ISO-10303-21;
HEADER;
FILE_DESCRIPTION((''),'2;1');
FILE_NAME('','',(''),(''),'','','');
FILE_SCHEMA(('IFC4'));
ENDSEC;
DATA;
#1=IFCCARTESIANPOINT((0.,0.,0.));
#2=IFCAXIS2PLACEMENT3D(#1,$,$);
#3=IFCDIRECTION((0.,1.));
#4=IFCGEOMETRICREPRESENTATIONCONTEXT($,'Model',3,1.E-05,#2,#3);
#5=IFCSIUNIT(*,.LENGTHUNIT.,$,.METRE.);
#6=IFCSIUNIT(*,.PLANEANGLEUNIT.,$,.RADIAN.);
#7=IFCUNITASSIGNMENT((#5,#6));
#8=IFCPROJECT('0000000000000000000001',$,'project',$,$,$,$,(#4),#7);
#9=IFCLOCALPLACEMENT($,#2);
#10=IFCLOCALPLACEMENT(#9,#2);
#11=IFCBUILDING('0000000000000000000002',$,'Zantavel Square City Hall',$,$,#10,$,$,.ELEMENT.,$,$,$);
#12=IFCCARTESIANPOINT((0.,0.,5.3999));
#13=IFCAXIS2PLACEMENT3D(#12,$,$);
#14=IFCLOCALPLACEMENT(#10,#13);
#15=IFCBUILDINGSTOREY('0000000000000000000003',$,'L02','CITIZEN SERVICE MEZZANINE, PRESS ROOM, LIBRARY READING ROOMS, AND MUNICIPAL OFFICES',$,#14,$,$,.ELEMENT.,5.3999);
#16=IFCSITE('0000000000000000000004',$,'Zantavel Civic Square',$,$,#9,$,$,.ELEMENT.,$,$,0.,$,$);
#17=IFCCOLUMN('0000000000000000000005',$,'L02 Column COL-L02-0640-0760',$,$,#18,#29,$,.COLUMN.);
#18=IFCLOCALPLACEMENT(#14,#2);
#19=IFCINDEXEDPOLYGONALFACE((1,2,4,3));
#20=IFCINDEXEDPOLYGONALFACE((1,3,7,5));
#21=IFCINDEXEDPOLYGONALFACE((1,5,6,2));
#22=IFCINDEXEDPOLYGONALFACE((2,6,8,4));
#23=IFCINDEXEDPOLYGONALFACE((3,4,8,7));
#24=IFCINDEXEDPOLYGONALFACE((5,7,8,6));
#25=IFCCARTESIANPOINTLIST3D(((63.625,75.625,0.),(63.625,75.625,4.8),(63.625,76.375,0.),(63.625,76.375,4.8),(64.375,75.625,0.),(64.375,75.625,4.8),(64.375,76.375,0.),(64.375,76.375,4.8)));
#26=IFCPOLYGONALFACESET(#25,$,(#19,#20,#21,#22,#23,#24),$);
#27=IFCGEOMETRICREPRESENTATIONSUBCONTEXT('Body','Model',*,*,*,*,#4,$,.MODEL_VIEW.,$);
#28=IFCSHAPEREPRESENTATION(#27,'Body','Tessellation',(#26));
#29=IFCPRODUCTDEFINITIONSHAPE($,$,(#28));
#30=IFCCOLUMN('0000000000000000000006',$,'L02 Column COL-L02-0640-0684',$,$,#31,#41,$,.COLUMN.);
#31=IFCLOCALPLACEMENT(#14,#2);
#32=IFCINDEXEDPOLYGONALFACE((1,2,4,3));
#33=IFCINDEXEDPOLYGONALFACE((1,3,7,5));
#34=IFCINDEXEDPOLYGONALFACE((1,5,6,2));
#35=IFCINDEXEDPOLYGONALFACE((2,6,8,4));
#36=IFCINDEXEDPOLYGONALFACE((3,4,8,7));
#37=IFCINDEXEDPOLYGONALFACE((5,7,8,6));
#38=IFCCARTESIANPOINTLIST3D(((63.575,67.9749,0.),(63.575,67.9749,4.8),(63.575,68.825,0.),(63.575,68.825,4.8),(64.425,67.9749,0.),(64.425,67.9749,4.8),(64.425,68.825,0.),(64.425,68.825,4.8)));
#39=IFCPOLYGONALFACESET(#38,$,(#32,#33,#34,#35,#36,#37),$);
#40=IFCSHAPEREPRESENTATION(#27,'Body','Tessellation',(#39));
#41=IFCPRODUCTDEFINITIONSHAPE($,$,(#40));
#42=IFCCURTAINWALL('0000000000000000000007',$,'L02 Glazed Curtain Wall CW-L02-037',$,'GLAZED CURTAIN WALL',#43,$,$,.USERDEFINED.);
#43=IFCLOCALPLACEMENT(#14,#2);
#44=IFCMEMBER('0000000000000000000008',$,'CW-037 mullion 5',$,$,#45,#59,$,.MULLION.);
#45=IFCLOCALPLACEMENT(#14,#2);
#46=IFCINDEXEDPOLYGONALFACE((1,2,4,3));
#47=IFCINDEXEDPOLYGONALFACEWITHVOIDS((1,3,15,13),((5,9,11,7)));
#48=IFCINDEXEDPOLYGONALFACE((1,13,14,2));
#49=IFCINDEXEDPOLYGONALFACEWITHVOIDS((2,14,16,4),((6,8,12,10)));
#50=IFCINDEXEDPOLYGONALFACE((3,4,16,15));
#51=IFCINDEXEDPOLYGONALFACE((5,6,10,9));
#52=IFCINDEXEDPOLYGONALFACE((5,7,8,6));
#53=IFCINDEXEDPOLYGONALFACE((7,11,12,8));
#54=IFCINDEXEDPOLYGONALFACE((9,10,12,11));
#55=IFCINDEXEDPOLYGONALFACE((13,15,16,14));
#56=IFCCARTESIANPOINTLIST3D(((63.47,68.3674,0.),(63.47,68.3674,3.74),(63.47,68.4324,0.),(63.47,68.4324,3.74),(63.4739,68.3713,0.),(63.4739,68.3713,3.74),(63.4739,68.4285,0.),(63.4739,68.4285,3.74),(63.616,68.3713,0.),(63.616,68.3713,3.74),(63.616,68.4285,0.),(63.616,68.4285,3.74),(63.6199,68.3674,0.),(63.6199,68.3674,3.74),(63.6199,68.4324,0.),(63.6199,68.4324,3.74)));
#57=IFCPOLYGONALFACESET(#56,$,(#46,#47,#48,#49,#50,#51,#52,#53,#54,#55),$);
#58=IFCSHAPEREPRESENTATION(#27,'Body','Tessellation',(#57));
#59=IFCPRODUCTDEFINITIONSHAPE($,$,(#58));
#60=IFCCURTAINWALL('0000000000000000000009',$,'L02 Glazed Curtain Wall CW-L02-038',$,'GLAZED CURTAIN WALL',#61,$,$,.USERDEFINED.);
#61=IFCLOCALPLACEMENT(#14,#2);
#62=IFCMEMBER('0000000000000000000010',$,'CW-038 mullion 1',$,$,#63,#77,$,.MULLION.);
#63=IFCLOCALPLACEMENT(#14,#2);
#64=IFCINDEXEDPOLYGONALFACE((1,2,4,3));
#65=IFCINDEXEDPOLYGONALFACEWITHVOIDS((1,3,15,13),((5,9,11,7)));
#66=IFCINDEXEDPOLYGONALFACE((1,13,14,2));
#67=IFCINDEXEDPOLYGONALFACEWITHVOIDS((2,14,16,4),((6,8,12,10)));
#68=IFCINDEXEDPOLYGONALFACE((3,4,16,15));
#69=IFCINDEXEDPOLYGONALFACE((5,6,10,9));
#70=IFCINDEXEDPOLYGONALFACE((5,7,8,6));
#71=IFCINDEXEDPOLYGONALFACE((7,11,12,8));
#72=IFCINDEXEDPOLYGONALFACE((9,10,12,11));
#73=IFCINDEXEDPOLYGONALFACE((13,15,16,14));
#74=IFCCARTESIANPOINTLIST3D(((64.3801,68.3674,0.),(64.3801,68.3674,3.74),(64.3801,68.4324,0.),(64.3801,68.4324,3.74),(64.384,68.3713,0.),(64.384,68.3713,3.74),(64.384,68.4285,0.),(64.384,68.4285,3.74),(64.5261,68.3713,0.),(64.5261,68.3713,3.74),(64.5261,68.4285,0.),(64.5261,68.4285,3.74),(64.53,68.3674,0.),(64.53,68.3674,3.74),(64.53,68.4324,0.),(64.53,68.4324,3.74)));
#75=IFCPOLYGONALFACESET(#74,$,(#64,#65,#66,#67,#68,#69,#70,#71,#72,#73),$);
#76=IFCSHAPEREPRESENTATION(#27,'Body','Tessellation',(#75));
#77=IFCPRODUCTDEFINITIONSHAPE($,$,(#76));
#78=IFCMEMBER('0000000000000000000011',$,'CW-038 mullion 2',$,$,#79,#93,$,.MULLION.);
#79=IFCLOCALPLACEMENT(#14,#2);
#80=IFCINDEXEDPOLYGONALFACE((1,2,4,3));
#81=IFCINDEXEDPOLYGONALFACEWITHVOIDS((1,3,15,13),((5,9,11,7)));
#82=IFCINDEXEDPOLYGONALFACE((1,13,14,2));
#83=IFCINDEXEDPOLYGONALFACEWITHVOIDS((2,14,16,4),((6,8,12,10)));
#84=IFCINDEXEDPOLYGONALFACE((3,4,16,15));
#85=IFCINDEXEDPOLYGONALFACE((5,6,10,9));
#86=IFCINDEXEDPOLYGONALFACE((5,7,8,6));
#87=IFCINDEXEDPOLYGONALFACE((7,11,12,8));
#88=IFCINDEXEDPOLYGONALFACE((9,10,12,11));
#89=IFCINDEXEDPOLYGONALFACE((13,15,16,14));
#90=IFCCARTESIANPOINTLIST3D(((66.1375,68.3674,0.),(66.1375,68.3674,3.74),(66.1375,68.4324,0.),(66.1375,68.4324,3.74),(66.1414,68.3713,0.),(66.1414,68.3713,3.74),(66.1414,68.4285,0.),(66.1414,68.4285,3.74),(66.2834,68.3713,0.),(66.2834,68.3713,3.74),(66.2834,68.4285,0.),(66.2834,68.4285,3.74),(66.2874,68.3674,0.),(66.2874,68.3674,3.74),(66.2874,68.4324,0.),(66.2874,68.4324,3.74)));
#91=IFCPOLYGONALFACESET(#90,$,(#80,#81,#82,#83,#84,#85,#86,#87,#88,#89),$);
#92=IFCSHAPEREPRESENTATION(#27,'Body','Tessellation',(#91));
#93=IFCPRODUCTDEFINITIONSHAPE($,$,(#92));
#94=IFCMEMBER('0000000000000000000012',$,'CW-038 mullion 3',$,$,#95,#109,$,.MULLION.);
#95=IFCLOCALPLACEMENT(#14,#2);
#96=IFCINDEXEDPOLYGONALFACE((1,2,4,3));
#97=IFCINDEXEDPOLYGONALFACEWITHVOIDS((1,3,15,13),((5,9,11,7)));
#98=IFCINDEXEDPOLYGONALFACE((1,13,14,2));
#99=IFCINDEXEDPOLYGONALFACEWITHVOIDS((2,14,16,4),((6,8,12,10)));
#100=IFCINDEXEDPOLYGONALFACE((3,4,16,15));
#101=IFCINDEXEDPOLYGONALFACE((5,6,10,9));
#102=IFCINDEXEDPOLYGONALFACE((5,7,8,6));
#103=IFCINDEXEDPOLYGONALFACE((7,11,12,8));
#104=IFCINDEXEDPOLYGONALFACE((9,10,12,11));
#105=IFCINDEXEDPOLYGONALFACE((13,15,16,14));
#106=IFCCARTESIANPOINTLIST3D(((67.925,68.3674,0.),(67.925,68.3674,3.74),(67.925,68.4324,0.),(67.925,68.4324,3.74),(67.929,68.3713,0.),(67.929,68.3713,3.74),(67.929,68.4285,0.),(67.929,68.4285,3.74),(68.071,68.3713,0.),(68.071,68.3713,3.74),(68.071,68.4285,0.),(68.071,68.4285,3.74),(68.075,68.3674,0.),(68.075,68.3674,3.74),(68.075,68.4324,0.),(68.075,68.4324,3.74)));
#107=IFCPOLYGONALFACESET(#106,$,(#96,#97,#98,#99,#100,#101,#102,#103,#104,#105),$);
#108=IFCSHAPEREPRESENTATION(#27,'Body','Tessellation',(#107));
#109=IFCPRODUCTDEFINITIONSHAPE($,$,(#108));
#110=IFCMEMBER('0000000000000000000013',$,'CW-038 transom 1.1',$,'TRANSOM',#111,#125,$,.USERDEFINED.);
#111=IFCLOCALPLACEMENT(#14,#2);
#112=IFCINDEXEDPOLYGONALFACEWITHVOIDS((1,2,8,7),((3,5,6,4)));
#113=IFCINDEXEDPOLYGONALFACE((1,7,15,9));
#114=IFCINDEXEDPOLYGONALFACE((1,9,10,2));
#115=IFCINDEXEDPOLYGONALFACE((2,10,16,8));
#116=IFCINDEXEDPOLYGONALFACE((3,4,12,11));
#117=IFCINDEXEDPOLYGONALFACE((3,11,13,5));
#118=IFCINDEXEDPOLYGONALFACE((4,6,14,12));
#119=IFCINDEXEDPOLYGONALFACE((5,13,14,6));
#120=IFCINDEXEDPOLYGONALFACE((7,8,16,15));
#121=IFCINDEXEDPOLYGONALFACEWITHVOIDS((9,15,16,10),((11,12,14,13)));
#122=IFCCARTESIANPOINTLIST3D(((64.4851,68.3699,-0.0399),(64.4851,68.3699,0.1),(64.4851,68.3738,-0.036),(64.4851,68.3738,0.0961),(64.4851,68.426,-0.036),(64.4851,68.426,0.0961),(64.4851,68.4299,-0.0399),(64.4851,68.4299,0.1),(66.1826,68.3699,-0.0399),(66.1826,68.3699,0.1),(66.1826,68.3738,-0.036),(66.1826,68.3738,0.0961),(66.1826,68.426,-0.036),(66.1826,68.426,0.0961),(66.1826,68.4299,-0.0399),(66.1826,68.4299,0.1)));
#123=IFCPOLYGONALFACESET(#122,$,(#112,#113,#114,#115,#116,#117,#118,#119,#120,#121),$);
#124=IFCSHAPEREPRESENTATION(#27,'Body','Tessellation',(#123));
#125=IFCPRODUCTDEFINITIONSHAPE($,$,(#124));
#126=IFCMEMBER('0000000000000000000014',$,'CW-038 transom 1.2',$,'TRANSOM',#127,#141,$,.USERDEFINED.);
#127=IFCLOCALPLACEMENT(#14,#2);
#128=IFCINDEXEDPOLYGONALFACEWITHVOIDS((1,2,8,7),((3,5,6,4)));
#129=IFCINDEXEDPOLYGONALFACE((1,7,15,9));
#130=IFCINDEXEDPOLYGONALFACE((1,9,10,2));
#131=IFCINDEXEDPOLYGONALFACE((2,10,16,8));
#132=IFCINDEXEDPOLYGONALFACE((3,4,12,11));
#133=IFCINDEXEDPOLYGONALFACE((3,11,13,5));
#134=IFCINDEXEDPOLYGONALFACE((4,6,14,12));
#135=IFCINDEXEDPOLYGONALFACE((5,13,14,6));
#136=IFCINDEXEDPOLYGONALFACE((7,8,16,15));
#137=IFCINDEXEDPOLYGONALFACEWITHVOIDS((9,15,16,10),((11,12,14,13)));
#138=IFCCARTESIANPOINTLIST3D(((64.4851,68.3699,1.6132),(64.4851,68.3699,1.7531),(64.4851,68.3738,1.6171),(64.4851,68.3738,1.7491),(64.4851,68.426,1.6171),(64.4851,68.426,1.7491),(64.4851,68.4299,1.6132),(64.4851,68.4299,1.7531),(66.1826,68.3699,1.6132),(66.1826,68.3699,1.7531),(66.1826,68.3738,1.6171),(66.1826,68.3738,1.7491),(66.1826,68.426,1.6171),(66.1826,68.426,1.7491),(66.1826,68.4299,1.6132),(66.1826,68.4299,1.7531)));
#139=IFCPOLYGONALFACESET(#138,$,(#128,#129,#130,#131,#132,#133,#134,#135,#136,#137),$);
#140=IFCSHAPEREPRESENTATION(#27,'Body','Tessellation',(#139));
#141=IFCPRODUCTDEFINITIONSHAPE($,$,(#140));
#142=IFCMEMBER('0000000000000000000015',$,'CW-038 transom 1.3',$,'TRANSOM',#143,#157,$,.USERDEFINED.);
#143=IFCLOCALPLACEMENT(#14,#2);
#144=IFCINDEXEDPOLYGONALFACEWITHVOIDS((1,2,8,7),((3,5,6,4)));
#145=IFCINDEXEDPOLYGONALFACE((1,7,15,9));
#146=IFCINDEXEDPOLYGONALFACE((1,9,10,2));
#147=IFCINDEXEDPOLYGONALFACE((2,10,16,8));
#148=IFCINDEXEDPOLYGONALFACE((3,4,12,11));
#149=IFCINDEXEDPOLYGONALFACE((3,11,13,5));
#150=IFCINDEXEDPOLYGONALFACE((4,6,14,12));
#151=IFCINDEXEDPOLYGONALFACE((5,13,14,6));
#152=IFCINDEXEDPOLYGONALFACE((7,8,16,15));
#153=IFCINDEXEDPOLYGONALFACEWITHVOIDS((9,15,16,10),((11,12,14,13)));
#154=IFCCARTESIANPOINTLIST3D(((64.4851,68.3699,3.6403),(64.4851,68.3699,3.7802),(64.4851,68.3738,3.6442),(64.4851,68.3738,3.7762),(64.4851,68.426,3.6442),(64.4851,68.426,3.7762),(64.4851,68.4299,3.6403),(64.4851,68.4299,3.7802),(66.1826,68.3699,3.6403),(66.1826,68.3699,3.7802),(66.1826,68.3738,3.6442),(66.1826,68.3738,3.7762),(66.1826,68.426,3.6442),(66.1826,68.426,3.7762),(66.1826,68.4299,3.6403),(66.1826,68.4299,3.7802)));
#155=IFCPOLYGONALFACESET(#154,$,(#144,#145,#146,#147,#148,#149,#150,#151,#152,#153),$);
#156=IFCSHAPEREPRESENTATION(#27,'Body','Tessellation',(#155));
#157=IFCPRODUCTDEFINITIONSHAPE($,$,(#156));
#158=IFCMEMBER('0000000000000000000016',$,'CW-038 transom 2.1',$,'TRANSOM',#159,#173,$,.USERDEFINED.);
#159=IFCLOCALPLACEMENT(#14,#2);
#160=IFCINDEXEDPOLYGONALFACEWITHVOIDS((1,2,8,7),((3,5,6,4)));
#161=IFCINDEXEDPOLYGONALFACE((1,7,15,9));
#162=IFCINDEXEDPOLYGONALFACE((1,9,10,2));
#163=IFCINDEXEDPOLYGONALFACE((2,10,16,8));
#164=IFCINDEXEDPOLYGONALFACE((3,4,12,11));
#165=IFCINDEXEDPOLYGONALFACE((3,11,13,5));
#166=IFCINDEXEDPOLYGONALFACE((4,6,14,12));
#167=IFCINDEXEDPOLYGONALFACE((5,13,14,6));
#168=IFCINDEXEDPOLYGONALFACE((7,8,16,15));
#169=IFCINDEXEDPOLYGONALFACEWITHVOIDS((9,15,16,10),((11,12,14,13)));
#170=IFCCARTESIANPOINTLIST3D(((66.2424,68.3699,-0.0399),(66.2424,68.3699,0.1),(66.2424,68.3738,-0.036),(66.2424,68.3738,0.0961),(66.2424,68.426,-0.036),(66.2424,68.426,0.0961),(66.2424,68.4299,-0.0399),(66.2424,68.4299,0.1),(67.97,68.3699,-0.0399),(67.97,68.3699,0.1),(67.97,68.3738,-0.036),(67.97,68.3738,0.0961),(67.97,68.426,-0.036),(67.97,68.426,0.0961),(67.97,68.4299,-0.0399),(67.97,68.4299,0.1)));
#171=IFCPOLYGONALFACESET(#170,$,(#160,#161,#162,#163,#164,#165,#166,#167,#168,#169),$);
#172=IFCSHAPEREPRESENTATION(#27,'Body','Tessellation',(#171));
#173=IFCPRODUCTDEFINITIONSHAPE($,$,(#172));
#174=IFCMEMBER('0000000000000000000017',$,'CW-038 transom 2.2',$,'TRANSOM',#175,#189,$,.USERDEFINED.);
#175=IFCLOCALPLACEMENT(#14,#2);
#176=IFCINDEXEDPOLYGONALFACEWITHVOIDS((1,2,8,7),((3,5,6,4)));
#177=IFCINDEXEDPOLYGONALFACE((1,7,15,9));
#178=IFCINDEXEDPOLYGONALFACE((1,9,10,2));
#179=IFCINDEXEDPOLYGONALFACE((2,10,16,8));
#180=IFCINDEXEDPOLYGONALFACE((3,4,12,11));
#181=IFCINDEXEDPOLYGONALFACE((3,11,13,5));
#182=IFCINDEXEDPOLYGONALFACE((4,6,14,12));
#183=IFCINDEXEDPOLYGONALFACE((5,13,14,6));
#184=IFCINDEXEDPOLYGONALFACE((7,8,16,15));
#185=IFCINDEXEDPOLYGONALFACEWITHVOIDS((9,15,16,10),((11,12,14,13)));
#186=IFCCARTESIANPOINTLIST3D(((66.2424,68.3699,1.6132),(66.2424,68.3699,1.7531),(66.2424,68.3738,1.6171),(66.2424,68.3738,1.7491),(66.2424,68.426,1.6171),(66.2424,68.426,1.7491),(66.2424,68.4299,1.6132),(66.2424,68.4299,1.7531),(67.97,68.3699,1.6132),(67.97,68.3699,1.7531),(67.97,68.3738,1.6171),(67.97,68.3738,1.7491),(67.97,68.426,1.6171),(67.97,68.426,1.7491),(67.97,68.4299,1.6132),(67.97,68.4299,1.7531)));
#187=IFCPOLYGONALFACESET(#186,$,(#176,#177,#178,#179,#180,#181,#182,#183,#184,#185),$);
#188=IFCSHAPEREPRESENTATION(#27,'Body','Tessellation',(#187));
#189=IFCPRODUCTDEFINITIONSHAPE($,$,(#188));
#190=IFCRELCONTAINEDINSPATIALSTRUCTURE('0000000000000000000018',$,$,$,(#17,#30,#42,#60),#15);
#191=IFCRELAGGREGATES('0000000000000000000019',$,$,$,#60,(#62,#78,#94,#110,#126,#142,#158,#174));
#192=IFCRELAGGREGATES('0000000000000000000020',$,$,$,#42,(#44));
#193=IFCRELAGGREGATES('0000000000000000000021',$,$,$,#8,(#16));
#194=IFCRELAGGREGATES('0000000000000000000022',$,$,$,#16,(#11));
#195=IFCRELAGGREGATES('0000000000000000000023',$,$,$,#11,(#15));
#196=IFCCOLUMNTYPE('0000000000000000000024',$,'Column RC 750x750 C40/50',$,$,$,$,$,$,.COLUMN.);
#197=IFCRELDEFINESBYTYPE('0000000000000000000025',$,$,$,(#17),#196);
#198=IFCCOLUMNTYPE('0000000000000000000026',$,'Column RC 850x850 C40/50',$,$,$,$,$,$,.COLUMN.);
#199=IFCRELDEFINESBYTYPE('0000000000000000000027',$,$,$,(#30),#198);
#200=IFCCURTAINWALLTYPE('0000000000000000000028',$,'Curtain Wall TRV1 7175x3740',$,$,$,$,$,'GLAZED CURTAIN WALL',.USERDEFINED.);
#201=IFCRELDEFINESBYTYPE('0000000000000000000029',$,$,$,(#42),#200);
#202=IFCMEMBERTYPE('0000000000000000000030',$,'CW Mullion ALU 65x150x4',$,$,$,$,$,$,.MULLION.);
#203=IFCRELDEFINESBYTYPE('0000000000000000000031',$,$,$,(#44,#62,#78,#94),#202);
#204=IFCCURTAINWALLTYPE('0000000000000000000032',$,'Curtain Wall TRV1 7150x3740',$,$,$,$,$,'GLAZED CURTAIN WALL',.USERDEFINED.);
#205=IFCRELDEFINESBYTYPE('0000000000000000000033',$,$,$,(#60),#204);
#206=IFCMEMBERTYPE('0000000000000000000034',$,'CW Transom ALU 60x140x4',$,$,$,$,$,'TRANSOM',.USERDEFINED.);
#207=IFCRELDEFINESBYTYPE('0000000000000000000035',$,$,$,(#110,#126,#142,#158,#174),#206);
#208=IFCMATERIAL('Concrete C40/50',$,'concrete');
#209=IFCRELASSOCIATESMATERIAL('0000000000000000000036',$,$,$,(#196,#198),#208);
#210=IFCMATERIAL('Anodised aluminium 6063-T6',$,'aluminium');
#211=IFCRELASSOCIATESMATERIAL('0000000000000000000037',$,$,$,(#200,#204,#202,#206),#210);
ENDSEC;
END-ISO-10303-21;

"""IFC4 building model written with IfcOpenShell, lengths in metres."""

from ifc_helpers import new_model, si_unit, direction, frame, origin, origin_2d, place, context, subcontext, project, spatial, rectangle, hollow_rectangle, extrude, material, material_profile, profile_set, type_object, element, aggregate, save


model = new_model("IFC4")

# Units and contexts
model_context = context("Model", 3, precision=1e-05, world=origin(), true_north=direction((0.0, 1.0)))
body_context = subcontext(model_context, "Body", "Model", "MODEL_VIEW")
ifc_project = project(units=[si_unit("LENGTHUNIT", "METRE"), si_unit("PLANEANGLEUNIT", "RADIAN")], contexts=[model_context])

# Site, building, storey
site_placement = place(None, origin())
site = spatial("IfcSite", under=ifc_project, at=site_placement, Name="Zantavel Civic Square", CompositionType="ELEMENT", RefElevation=0.0)
building_placement = place(site_placement, origin())
building = spatial("IfcBuilding", under=site, at=building_placement, Name="Zantavel Square City Hall", CompositionType="ELEMENT")
storey_placement = place(building_placement, frame((0.0, 0.0, 5.3999)))
storey = spatial("IfcBuildingStorey", under=building, at=storey_placement, Name="L02", Description="CITIZEN SERVICE MEZZANINE, PRESS ROOM, LIBRARY READING ROOMS, AND MUNICIPAL OFFICES", CompositionType="ELEMENT", Elevation=5.3999)

# Columns
ifc_material_1 = material(Name="Concrete C40/50", Category="concrete")
ifc_material_profile_1 = material_profile(ifc_material_1, rectangle(XDim=0.75, YDim=0.75, at=origin_2d()), Name="RC 750x750")
ifc_profile_set_1 = profile_set([ifc_material_profile_1], Name="Concrete C40/50")
column_type_1 = type_object("IfcColumnType", Name="Column RC 750x750 C40/50", PredefinedType="COLUMN", material=ifc_profile_set_1)
column_1_placement = place(storey_placement, frame((64.0, 76.0, 0.0), z_axis=(0.0, 0.0, 1.0), x_axis=(1.0, 0.0, 0.0)))
element("IfcColumn", 1, at=column_1_placement, inside=storey, type_object=column_type_1, Name="L02 Column COL-L02-0640-0760", PredefinedType="COLUMN", context=body_context, shape_type="SweptSolid", body=[
    extrude(rectangle(XDim=0.75, YDim=0.75, at=origin_2d()), origin(), (0.0, 0.0, 1.0), 4.8),
])
ifc_material_profile_2 = material_profile(ifc_material_1, rectangle(XDim=0.8501, YDim=0.8501, at=origin_2d()), Name="RC 850x850")
ifc_profile_set_2 = profile_set([ifc_material_profile_2], Name="Concrete C40/50")
column_type_2 = type_object("IfcColumnType", Name="Column RC 850x850 C40/50", PredefinedType="COLUMN", material=ifc_profile_set_2)
column_2_placement = place(storey_placement, frame((64.0, 68.3999, 0.0), z_axis=(0.0, 0.0, 1.0), x_axis=(1.0, 0.0, 0.0)))
element("IfcColumn", 2, at=column_2_placement, inside=storey, type_object=column_type_2, Name="L02 Column COL-L02-0640-0684", PredefinedType="COLUMN", context=body_context, shape_type="SweptSolid", body=[
    extrude(rectangle(XDim=0.8501, YDim=0.8501, at=origin_2d()), origin(), (0.0, 0.0, 1.0), 4.8),
])

# Curtain wall, member
ifc_material_2 = material(Name="Anodised aluminium 6063-T6", Category="aluminium")
curtain_wall_type_1 = type_object("IfcCurtainWallType", Name="Curtain Wall TRV1 7175x3740", ElementType="GLAZED CURTAIN WALL", PredefinedType="USERDEFINED", material=ifc_material_2)
curtain_wall_1_placement = place(storey_placement, origin())
curtain_wall_1 = element("IfcCurtainWall", 3, at=curtain_wall_1_placement, inside=storey, type_object=curtain_wall_type_1, Name="L02 Glazed Curtain Wall CW-L02-037", ObjectType="GLAZED CURTAIN WALL", PredefinedType="USERDEFINED")
ifc_material_profile_3 = material_profile(ifc_material_2, hollow_rectangle(XDim=0.0649, YDim=0.1499, WallThickness=0.0039, at=origin_2d()), Name="ALU 65x150x4")
ifc_profile_set_3 = profile_set([ifc_material_profile_3], Name="Anodised aluminium 6063-T6")
member_type_1 = type_object("IfcMemberType", Name="CW Mullion ALU 65x150x4", PredefinedType="MULLION", material=ifc_profile_set_3)
member_1_placement = place(storey_placement, frame((63.5449, 68.3999, 0.0), z_axis=(0.0, 0.0, 1.0), x_axis=(0.0, 1.0, 0.0)))
member_1 = element("IfcMember", 4, at=member_1_placement, type_object=member_type_1, Name="CW-037 mullion 5", PredefinedType="MULLION", context=body_context, shape_type="SweptSolid", body=[
    extrude(hollow_rectangle(XDim=0.0649, YDim=0.1499, WallThickness=0.0039, at=origin_2d()), origin(), (0.0, 0.0, 1.0), 3.74),
])

# Curtain wall, members
curtain_wall_type_2 = type_object("IfcCurtainWallType", Name="Curtain Wall TRV1 7150x3740", ElementType="GLAZED CURTAIN WALL", PredefinedType="USERDEFINED", material=ifc_material_2)
curtain_wall_2_placement = place(storey_placement, origin())
curtain_wall_2 = element("IfcCurtainWall", 5, at=curtain_wall_2_placement, inside=storey, type_object=curtain_wall_type_2, Name="L02 Glazed Curtain Wall CW-L02-038", ObjectType="GLAZED CURTAIN WALL", PredefinedType="USERDEFINED")
member_2_placement = place(storey_placement, frame((64.4551, 68.3999, 0.0), z_axis=(0.0, 0.0, 1.0), x_axis=(0.0, 1.0, 0.0)))
member_2 = element("IfcMember", 6, at=member_2_placement, type_object=member_type_1, Name="CW-038 mullion 1", PredefinedType="MULLION", context=body_context, shape_type="SweptSolid", body=[
    extrude(hollow_rectangle(XDim=0.0649, YDim=0.1499, WallThickness=0.0039, at=origin_2d()), origin(), (0.0, 0.0, 1.0), 3.74),
])
member_3_placement = place(storey_placement, frame((66.2124, 68.3999, 0.0), z_axis=(0.0, 0.0, 1.0), x_axis=(0.0, 1.0, 0.0)))
member_3 = element("IfcMember", 7, at=member_3_placement, type_object=member_type_1, Name="CW-038 mullion 2", PredefinedType="MULLION", context=body_context, shape_type="SweptSolid", body=[
    extrude(hollow_rectangle(XDim=0.0649, YDim=0.1499, WallThickness=0.0039, at=origin_2d()), origin(), (0.0, 0.0, 1.0), 3.74),
])
member_4_placement = place(storey_placement, frame((68.0, 68.3999, 0.0), z_axis=(0.0, 0.0, 1.0), x_axis=(0.0, 1.0, 0.0)))
member_4 = element("IfcMember", 8, at=member_4_placement, type_object=member_type_1, Name="CW-038 mullion 3", PredefinedType="MULLION", context=body_context, shape_type="SweptSolid", body=[
    extrude(hollow_rectangle(XDim=0.0649, YDim=0.1499, WallThickness=0.0039, at=origin_2d()), origin(), (0.0, 0.0, 1.0), 3.74),
])
ifc_material_profile_4 = material_profile(ifc_material_2, hollow_rectangle(XDim=0.0601, YDim=0.1399, WallThickness=0.0039, at=origin_2d()), Name="ALU 60x140x4")
ifc_profile_set_4 = profile_set([ifc_material_profile_4], Name="Anodised aluminium 6063-T6")
member_type_2 = type_object("IfcMemberType", Name="CW Transom ALU 60x140x4", ElementType="TRANSOM", PredefinedType="USERDEFINED", material=ifc_profile_set_4)
member_5_placement = place(storey_placement, frame((64.4851, 68.3999, 0.03), z_axis=(1.0, 0.0, 0.0), x_axis=(0.0, 1.0, 0.0)))
member_5 = element("IfcMember", 9, at=member_5_placement, type_object=member_type_2, Name="CW-038 transom 1.1", ObjectType="TRANSOM", PredefinedType="USERDEFINED", context=body_context, shape_type="SweptSolid", body=[
    extrude(hollow_rectangle(XDim=0.0601, YDim=0.1399, WallThickness=0.0039, at=origin_2d()), origin(), (0.0, 0.0, 1.0), 1.6975),
])
member_6_placement = place(storey_placement, frame((64.4851, 68.3999, 1.6831), z_axis=(1.0, 0.0, 0.0), x_axis=(0.0, 1.0, 0.0)))
member_6 = element("IfcMember", 10, at=member_6_placement, type_object=member_type_2, Name="CW-038 transom 1.2", ObjectType="TRANSOM", PredefinedType="USERDEFINED", context=body_context, shape_type="SweptSolid", body=[
    extrude(hollow_rectangle(XDim=0.0601, YDim=0.1399, WallThickness=0.0039, at=origin_2d()), origin(), (0.0, 0.0, 1.0), 1.6975),
])
member_7_placement = place(storey_placement, frame((64.4851, 68.3999, 3.7102), z_axis=(1.0, 0.0, 0.0), x_axis=(0.0, 1.0, 0.0)))
member_7 = element("IfcMember", 11, at=member_7_placement, type_object=member_type_2, Name="CW-038 transom 1.3", ObjectType="TRANSOM", PredefinedType="USERDEFINED", context=body_context, shape_type="SweptSolid", body=[
    extrude(hollow_rectangle(XDim=0.0601, YDim=0.1399, WallThickness=0.0039, at=origin_2d()), origin(), (0.0, 0.0, 1.0), 1.6975),
])
member_8_placement = place(storey_placement, frame((66.2424, 68.3999, 0.03), z_axis=(1.0, 0.0, 0.0), x_axis=(0.0, 1.0, 0.0)))
member_8 = element("IfcMember", 12, at=member_8_placement, type_object=member_type_2, Name="CW-038 transom 2.1", ObjectType="TRANSOM", PredefinedType="USERDEFINED", context=body_context, shape_type="SweptSolid", body=[
    extrude(hollow_rectangle(XDim=0.0601, YDim=0.1399, WallThickness=0.0039, at=origin_2d()), origin(), (0.0, 0.0, 1.0), 1.7275),
])
member_9_placement = place(storey_placement, frame((66.2424, 68.3999, 1.6831), z_axis=(1.0, 0.0, 0.0), x_axis=(0.0, 1.0, 0.0)))
member_9 = element("IfcMember", 13, at=member_9_placement, type_object=member_type_2, Name="CW-038 transom 2.2", ObjectType="TRANSOM", PredefinedType="USERDEFINED", context=body_context, shape_type="SweptSolid", body=[
    extrude(hollow_rectangle(XDim=0.0601, YDim=0.1399, WallThickness=0.0039, at=origin_2d()), origin(), (0.0, 0.0, 1.0), 1.7275),
])

aggregate(curtain_wall_2, [member_2, member_3, member_4, member_5, member_6, member_7, member_8, member_9])
aggregate(curtain_wall_1, [member_1])

save(model, "model.ifc")
